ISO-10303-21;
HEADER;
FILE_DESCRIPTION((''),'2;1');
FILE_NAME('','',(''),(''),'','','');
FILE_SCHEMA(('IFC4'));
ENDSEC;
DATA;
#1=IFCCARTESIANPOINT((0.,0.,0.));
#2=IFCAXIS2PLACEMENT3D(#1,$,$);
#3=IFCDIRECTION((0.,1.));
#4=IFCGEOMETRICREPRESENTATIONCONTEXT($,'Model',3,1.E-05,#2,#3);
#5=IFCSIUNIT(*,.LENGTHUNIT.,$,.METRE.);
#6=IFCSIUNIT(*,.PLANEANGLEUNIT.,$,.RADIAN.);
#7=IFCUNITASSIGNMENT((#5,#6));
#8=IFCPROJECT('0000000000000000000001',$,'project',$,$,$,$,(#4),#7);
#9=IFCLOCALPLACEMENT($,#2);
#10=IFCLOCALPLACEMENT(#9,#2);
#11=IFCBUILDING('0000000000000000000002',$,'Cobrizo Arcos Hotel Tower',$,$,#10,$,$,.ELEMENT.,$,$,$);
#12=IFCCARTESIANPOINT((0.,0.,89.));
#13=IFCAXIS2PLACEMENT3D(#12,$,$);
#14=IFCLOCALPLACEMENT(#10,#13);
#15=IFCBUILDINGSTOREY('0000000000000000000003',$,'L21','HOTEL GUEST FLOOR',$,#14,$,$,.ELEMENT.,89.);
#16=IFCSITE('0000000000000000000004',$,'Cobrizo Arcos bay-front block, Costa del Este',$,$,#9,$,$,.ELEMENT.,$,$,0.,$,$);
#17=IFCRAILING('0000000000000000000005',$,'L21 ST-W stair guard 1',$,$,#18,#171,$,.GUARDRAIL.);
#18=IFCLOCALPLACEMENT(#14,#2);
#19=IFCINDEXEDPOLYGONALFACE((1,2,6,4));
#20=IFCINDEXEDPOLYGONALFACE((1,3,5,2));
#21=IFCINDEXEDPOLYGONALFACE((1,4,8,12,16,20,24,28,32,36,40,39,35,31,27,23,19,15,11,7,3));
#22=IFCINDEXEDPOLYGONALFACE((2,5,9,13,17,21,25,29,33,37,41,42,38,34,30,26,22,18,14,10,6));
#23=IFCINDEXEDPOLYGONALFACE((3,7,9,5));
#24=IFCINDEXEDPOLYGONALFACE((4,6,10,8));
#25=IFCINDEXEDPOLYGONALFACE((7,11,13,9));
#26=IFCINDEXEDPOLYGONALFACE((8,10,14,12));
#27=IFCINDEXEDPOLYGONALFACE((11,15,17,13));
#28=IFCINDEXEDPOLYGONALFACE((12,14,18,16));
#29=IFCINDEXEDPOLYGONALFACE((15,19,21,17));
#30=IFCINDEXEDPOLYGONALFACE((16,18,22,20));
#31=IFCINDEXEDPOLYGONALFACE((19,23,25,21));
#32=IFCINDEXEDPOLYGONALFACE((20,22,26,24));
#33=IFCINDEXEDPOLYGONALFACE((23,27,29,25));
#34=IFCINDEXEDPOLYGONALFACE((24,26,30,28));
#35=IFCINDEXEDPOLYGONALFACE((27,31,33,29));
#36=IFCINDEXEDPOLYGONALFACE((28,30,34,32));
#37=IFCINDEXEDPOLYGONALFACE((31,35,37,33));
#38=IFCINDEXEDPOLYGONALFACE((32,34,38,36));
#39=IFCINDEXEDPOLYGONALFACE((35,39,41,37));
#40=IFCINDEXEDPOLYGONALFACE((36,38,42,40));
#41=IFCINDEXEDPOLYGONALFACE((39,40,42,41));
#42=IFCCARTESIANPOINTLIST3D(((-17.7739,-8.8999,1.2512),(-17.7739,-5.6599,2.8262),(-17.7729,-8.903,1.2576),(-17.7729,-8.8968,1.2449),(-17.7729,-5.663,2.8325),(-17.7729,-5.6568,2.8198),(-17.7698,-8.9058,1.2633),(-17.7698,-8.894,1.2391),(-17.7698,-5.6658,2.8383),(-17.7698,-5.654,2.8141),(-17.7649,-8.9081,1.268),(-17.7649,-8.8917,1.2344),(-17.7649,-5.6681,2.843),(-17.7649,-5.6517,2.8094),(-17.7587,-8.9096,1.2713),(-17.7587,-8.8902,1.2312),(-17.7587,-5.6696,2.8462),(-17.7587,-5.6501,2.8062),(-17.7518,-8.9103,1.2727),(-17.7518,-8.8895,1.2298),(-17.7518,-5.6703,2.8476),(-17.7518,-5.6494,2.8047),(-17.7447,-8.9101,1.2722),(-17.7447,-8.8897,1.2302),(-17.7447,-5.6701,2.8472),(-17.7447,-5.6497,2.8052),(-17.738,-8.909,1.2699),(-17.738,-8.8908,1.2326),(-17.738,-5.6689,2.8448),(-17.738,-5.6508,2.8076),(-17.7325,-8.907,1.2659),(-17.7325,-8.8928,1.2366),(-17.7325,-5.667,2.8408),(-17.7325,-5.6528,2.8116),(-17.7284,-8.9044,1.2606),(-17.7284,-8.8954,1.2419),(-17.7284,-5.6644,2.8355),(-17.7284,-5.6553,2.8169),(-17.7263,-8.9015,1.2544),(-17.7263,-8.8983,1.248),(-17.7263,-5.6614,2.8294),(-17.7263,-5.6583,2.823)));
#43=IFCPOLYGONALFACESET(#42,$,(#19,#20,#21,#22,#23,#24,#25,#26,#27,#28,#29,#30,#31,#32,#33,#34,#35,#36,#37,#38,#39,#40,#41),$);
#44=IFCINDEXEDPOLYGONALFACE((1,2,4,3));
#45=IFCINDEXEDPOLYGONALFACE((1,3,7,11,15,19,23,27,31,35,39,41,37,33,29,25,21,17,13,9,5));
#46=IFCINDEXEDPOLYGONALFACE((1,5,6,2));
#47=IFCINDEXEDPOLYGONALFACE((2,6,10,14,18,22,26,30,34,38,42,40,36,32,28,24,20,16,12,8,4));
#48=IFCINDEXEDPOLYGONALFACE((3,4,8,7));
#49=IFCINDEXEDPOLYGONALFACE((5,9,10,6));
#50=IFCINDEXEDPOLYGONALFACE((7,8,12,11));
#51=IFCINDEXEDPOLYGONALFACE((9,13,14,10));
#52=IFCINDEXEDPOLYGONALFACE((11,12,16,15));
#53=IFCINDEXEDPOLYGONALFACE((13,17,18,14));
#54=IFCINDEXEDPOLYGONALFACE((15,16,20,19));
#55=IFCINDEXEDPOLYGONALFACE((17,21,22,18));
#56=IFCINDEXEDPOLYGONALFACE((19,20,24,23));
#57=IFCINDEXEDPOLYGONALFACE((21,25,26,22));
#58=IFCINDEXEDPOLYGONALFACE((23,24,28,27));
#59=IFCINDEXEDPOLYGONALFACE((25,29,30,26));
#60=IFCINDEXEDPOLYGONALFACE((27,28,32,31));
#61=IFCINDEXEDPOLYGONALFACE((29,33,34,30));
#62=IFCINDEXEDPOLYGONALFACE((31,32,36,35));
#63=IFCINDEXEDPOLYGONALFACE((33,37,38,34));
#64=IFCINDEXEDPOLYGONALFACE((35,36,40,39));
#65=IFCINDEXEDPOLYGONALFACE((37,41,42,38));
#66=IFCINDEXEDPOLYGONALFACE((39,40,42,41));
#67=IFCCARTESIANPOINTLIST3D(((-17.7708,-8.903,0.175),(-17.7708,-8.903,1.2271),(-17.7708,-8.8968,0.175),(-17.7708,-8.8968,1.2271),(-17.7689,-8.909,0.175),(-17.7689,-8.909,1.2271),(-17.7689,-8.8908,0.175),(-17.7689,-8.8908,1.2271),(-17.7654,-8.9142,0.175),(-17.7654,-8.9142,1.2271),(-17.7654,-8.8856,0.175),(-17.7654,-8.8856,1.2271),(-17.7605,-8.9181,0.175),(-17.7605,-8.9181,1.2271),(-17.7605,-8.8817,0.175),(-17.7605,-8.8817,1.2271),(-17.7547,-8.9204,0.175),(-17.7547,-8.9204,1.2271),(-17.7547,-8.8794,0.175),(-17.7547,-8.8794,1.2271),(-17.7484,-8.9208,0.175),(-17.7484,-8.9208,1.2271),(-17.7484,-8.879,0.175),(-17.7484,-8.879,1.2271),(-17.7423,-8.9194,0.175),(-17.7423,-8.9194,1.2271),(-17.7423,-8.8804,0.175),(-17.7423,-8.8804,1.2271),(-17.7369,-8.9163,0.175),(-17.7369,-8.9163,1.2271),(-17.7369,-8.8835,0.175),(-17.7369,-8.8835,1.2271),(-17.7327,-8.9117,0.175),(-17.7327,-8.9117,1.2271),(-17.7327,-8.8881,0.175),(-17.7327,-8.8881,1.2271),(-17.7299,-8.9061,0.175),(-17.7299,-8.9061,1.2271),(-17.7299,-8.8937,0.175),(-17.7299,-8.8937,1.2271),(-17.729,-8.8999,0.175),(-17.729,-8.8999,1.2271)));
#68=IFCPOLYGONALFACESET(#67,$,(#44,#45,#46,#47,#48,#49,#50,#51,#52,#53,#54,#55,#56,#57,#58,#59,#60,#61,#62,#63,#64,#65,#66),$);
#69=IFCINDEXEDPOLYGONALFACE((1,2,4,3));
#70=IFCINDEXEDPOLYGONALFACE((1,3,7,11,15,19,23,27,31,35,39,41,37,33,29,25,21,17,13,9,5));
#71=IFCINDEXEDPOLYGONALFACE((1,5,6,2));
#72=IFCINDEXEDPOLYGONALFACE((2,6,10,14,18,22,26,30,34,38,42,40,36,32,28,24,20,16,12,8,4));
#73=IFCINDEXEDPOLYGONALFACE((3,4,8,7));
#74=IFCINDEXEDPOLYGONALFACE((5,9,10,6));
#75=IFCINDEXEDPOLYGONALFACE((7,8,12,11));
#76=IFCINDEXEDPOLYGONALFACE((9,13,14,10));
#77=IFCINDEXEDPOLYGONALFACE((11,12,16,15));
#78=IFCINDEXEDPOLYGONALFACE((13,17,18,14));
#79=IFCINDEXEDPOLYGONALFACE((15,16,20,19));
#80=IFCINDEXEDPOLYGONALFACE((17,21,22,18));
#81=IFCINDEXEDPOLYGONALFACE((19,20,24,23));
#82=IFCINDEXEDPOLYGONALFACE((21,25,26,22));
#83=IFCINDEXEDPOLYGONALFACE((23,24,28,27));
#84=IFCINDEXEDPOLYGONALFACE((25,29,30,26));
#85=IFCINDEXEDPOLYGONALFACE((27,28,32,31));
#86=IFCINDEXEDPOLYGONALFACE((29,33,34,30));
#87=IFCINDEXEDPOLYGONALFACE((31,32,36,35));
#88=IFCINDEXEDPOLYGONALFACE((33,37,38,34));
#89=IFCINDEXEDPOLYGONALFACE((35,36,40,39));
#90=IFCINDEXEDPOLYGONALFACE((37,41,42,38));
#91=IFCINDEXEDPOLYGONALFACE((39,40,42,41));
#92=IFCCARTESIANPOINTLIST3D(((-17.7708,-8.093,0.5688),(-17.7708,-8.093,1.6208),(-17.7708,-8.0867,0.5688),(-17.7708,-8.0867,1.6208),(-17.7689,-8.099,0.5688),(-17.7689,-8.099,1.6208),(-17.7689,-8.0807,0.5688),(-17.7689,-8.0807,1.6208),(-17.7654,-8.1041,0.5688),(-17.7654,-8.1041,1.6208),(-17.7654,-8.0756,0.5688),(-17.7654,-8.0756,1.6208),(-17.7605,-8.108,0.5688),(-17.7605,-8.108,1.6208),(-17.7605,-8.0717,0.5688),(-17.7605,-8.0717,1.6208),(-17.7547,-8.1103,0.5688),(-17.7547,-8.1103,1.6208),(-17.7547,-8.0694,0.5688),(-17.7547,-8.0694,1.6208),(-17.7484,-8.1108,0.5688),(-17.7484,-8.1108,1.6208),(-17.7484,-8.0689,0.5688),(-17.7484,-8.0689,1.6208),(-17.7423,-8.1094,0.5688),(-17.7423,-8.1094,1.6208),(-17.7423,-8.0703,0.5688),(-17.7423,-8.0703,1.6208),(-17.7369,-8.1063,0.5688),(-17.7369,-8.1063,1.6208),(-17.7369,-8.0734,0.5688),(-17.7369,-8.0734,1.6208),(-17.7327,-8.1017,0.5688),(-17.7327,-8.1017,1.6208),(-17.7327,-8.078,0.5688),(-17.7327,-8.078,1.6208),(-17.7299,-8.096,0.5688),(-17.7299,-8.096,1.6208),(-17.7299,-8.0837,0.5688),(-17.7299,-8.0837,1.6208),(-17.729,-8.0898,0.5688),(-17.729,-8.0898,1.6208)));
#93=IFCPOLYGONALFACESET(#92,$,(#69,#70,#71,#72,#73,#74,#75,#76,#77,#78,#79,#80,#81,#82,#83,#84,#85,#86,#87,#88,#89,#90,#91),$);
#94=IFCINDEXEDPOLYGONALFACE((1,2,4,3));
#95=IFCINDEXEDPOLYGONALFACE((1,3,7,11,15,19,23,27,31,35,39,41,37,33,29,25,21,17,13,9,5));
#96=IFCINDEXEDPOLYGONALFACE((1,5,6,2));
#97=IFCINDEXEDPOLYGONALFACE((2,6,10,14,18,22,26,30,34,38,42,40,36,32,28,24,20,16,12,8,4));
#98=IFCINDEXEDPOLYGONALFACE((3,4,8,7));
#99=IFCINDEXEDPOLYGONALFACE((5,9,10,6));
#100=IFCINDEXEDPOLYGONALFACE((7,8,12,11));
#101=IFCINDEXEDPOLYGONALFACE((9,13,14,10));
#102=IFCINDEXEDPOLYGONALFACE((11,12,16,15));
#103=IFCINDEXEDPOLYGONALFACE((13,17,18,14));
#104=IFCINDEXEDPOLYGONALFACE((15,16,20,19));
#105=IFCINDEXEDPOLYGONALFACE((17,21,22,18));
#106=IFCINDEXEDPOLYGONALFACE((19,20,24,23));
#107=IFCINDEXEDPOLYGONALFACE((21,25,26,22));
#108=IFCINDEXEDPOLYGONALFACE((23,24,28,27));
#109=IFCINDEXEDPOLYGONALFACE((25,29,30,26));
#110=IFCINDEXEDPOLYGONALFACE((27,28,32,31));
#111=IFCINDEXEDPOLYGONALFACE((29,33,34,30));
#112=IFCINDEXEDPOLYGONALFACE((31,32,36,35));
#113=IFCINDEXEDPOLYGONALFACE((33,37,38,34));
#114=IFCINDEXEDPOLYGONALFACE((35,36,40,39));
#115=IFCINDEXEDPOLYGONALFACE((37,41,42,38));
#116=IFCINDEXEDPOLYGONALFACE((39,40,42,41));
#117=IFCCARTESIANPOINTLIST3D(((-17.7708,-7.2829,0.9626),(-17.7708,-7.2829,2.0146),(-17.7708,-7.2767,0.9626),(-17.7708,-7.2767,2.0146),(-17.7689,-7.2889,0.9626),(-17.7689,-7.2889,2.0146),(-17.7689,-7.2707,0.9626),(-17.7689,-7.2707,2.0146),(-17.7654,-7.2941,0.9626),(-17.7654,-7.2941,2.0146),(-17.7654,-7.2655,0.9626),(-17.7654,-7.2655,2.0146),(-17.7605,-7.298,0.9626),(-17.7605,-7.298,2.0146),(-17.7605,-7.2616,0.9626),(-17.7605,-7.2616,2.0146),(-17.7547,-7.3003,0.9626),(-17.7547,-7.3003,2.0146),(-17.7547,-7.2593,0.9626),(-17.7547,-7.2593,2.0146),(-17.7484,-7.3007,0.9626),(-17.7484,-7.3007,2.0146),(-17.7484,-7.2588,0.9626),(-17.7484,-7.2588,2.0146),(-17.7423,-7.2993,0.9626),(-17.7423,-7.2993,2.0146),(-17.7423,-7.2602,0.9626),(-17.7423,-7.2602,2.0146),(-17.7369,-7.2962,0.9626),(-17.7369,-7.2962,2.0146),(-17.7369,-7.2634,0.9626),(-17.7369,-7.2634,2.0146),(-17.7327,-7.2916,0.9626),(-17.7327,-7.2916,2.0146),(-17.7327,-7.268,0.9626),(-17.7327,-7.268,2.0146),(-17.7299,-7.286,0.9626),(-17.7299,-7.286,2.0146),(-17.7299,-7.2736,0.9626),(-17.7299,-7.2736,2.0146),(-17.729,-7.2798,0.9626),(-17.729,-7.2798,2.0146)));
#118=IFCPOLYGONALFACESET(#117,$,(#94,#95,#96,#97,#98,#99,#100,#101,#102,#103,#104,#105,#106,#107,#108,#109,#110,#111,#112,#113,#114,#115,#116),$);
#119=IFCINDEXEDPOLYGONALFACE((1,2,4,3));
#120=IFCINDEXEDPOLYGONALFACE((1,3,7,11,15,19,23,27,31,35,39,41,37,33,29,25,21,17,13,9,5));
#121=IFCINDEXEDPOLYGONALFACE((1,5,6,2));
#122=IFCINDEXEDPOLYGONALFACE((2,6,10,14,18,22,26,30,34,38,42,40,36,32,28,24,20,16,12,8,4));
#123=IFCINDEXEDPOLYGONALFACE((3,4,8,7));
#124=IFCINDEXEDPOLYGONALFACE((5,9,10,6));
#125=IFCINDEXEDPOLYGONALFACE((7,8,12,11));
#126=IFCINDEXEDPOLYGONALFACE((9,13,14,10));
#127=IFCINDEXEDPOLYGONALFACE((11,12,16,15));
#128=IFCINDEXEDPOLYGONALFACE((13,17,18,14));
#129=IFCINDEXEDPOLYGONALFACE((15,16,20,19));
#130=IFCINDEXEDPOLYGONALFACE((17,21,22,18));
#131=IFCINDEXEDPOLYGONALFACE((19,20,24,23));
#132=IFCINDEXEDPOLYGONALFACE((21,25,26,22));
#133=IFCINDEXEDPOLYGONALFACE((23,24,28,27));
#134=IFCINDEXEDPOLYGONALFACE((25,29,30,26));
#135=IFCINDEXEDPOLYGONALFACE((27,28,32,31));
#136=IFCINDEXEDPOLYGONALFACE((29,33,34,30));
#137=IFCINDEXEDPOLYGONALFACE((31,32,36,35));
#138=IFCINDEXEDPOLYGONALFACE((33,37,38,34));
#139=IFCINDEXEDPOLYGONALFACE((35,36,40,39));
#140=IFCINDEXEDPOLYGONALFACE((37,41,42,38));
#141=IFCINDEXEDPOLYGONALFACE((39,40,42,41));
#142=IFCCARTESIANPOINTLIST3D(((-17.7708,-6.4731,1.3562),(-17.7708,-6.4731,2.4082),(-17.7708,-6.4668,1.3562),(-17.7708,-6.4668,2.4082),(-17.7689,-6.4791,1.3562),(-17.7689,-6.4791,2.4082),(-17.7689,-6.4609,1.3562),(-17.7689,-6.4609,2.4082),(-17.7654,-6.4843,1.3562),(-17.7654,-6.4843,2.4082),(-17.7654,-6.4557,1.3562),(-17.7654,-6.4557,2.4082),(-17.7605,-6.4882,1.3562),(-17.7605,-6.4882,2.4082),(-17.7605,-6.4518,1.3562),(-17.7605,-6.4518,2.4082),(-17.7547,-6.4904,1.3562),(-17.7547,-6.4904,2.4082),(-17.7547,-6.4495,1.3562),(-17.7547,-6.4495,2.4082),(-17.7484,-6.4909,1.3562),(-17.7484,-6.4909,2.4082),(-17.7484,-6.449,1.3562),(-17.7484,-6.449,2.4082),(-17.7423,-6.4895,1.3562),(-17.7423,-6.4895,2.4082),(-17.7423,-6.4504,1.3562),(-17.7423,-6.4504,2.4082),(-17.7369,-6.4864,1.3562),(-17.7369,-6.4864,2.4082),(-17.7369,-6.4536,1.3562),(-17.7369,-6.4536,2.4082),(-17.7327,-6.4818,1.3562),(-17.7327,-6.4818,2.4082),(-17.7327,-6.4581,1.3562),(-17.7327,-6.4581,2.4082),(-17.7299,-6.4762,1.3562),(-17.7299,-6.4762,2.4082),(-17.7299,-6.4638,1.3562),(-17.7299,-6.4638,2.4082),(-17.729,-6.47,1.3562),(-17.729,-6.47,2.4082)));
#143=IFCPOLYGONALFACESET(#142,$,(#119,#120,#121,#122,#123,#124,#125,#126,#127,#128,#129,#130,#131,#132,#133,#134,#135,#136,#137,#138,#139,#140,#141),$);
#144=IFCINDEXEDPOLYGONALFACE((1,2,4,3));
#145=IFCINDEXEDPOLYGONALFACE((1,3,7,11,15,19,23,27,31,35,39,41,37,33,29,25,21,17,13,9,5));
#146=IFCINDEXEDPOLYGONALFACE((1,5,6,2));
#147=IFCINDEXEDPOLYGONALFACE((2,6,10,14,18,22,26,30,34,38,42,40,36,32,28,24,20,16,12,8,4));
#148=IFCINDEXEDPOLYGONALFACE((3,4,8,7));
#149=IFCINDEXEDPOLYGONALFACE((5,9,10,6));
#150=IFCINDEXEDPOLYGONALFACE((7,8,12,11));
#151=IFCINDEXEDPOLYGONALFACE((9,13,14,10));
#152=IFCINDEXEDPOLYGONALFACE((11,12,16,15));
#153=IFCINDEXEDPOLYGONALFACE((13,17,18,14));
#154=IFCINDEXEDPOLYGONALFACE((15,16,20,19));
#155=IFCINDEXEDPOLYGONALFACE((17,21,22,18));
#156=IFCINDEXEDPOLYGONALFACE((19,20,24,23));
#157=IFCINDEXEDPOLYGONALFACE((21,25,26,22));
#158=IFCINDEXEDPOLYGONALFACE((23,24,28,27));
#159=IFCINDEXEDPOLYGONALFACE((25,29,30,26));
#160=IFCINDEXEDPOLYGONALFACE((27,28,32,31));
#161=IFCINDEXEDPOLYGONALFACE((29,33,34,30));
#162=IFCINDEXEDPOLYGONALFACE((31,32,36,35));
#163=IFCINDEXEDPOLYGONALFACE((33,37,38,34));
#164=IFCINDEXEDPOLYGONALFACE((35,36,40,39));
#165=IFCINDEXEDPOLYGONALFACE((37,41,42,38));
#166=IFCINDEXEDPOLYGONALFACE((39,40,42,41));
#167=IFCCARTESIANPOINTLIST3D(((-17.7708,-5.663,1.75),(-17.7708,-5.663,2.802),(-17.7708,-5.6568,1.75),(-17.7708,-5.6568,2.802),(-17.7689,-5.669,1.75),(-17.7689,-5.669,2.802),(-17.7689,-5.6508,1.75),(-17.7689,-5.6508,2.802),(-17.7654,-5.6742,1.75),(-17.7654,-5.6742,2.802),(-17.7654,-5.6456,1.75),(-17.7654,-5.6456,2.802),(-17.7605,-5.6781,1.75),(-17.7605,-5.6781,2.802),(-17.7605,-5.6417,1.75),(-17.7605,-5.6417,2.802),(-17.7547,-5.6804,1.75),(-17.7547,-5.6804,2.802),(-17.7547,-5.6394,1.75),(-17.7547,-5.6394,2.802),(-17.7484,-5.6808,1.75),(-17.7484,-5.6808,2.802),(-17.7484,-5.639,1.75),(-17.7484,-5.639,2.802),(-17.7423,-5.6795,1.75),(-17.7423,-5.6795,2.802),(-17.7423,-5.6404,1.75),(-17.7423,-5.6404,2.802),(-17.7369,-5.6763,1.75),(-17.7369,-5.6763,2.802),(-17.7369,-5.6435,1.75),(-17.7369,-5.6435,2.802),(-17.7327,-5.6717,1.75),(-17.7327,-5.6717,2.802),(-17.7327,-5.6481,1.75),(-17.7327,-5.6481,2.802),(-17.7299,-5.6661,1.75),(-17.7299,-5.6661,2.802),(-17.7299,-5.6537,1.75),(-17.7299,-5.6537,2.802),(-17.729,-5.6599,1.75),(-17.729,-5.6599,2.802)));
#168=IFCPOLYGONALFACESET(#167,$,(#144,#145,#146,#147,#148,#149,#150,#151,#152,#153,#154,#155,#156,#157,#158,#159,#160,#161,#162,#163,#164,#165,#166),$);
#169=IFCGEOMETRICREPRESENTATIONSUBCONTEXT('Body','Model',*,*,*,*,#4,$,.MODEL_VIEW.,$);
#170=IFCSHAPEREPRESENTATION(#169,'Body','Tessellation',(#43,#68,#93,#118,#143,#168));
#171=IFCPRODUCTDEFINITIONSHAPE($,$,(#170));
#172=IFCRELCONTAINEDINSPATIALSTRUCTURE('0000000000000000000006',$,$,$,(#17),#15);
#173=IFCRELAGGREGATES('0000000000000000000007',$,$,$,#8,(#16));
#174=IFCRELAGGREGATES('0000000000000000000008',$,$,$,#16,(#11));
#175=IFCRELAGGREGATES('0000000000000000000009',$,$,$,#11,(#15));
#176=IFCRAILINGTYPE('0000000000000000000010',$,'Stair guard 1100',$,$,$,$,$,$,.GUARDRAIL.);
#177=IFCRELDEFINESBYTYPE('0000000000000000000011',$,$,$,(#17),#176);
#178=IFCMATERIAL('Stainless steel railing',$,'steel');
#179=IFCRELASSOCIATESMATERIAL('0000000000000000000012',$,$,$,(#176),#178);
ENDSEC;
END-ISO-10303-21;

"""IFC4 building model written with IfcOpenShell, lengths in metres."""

from ifc_helpers import new_model, si_unit, direction, frame, origin, origin_2d, place, context, subcontext, project, spatial, circle, extrude, material, type_object, element, save


model = new_model("IFC4")

# Units and contexts
model_context = context("Model", 3, precision=1e-05, world=origin(), true_north=direction((0.0, 1.0)))
body_context = subcontext(model_context, "Body", "Model", "MODEL_VIEW")
ifc_project = project(units=[si_unit("LENGTHUNIT", "METRE"), si_unit("PLANEANGLEUNIT", "RADIAN")], contexts=[model_context])

# Site, building, storey
site_placement = place(None, origin())
site = spatial("IfcSite", under=ifc_project, at=site_placement, Name="Cobrizo Arcos bay-front block, Costa del Este", CompositionType="ELEMENT", RefElevation=0.0)
building_placement = place(site_placement, origin())
building = spatial("IfcBuilding", under=site, at=building_placement, Name="Cobrizo Arcos Hotel Tower", CompositionType="ELEMENT")
storey_placement = place(building_placement, frame((0.0, 0.0, 89.0)))
storey = spatial("IfcBuildingStorey", under=building, at=storey_placement, Name="L21", Description="HOTEL GUEST FLOOR", CompositionType="ELEMENT", Elevation=89.0)

# Railing
ifc_material_1 = material(Name="Stainless steel railing", Category="steel")
railing_type_1 = type_object("IfcRailingType", Name="Stair guard 1100", PredefinedType="GUARDRAIL", material=ifc_material_1)
railing_1_placement = place(storey_placement, frame((-17.75, -8.8999, 0.175)))
element("IfcRailing", 1, at=railing_1_placement, inside=storey, type_object=railing_type_1, Name="L21 ST-W stair guard 1", PredefinedType="GUARDRAIL", context=body_context, shape_type="SweptSolid", body=[
    extrude(circle(Radius=0.0239, at=origin_2d()), frame((0.0, 0.0, 1.0762), z_axis=(0.0, 0.899373, 0.437183), x_axis=(-1.0, 0.0, 0.0)), (0.0, 0.0, 1.0), 3.6025),
    extrude(circle(Radius=0.021, at=origin_2d()), origin(), (0.0, 0.0, 1.0), 1.052),
    extrude(circle(Radius=0.021, at=origin_2d()), frame((0.0, 0.8101, 0.3938)), (0.0, 0.0, 1.0), 1.052),
    extrude(circle(Radius=0.021, at=origin_2d()), frame((0.0, 1.6201, 0.7876)), (0.0, 0.0, 1.0), 1.052),
    extrude(circle(Radius=0.021, at=origin_2d()), frame((0.0, 2.4299, 1.1812)), (0.0, 0.0, 1.0), 1.052),
    extrude(circle(Radius=0.021, at=origin_2d()), frame((0.0, 3.24, 1.575)), (0.0, 0.0, 1.0), 1.052),
])

save(model, "model.ifc")
